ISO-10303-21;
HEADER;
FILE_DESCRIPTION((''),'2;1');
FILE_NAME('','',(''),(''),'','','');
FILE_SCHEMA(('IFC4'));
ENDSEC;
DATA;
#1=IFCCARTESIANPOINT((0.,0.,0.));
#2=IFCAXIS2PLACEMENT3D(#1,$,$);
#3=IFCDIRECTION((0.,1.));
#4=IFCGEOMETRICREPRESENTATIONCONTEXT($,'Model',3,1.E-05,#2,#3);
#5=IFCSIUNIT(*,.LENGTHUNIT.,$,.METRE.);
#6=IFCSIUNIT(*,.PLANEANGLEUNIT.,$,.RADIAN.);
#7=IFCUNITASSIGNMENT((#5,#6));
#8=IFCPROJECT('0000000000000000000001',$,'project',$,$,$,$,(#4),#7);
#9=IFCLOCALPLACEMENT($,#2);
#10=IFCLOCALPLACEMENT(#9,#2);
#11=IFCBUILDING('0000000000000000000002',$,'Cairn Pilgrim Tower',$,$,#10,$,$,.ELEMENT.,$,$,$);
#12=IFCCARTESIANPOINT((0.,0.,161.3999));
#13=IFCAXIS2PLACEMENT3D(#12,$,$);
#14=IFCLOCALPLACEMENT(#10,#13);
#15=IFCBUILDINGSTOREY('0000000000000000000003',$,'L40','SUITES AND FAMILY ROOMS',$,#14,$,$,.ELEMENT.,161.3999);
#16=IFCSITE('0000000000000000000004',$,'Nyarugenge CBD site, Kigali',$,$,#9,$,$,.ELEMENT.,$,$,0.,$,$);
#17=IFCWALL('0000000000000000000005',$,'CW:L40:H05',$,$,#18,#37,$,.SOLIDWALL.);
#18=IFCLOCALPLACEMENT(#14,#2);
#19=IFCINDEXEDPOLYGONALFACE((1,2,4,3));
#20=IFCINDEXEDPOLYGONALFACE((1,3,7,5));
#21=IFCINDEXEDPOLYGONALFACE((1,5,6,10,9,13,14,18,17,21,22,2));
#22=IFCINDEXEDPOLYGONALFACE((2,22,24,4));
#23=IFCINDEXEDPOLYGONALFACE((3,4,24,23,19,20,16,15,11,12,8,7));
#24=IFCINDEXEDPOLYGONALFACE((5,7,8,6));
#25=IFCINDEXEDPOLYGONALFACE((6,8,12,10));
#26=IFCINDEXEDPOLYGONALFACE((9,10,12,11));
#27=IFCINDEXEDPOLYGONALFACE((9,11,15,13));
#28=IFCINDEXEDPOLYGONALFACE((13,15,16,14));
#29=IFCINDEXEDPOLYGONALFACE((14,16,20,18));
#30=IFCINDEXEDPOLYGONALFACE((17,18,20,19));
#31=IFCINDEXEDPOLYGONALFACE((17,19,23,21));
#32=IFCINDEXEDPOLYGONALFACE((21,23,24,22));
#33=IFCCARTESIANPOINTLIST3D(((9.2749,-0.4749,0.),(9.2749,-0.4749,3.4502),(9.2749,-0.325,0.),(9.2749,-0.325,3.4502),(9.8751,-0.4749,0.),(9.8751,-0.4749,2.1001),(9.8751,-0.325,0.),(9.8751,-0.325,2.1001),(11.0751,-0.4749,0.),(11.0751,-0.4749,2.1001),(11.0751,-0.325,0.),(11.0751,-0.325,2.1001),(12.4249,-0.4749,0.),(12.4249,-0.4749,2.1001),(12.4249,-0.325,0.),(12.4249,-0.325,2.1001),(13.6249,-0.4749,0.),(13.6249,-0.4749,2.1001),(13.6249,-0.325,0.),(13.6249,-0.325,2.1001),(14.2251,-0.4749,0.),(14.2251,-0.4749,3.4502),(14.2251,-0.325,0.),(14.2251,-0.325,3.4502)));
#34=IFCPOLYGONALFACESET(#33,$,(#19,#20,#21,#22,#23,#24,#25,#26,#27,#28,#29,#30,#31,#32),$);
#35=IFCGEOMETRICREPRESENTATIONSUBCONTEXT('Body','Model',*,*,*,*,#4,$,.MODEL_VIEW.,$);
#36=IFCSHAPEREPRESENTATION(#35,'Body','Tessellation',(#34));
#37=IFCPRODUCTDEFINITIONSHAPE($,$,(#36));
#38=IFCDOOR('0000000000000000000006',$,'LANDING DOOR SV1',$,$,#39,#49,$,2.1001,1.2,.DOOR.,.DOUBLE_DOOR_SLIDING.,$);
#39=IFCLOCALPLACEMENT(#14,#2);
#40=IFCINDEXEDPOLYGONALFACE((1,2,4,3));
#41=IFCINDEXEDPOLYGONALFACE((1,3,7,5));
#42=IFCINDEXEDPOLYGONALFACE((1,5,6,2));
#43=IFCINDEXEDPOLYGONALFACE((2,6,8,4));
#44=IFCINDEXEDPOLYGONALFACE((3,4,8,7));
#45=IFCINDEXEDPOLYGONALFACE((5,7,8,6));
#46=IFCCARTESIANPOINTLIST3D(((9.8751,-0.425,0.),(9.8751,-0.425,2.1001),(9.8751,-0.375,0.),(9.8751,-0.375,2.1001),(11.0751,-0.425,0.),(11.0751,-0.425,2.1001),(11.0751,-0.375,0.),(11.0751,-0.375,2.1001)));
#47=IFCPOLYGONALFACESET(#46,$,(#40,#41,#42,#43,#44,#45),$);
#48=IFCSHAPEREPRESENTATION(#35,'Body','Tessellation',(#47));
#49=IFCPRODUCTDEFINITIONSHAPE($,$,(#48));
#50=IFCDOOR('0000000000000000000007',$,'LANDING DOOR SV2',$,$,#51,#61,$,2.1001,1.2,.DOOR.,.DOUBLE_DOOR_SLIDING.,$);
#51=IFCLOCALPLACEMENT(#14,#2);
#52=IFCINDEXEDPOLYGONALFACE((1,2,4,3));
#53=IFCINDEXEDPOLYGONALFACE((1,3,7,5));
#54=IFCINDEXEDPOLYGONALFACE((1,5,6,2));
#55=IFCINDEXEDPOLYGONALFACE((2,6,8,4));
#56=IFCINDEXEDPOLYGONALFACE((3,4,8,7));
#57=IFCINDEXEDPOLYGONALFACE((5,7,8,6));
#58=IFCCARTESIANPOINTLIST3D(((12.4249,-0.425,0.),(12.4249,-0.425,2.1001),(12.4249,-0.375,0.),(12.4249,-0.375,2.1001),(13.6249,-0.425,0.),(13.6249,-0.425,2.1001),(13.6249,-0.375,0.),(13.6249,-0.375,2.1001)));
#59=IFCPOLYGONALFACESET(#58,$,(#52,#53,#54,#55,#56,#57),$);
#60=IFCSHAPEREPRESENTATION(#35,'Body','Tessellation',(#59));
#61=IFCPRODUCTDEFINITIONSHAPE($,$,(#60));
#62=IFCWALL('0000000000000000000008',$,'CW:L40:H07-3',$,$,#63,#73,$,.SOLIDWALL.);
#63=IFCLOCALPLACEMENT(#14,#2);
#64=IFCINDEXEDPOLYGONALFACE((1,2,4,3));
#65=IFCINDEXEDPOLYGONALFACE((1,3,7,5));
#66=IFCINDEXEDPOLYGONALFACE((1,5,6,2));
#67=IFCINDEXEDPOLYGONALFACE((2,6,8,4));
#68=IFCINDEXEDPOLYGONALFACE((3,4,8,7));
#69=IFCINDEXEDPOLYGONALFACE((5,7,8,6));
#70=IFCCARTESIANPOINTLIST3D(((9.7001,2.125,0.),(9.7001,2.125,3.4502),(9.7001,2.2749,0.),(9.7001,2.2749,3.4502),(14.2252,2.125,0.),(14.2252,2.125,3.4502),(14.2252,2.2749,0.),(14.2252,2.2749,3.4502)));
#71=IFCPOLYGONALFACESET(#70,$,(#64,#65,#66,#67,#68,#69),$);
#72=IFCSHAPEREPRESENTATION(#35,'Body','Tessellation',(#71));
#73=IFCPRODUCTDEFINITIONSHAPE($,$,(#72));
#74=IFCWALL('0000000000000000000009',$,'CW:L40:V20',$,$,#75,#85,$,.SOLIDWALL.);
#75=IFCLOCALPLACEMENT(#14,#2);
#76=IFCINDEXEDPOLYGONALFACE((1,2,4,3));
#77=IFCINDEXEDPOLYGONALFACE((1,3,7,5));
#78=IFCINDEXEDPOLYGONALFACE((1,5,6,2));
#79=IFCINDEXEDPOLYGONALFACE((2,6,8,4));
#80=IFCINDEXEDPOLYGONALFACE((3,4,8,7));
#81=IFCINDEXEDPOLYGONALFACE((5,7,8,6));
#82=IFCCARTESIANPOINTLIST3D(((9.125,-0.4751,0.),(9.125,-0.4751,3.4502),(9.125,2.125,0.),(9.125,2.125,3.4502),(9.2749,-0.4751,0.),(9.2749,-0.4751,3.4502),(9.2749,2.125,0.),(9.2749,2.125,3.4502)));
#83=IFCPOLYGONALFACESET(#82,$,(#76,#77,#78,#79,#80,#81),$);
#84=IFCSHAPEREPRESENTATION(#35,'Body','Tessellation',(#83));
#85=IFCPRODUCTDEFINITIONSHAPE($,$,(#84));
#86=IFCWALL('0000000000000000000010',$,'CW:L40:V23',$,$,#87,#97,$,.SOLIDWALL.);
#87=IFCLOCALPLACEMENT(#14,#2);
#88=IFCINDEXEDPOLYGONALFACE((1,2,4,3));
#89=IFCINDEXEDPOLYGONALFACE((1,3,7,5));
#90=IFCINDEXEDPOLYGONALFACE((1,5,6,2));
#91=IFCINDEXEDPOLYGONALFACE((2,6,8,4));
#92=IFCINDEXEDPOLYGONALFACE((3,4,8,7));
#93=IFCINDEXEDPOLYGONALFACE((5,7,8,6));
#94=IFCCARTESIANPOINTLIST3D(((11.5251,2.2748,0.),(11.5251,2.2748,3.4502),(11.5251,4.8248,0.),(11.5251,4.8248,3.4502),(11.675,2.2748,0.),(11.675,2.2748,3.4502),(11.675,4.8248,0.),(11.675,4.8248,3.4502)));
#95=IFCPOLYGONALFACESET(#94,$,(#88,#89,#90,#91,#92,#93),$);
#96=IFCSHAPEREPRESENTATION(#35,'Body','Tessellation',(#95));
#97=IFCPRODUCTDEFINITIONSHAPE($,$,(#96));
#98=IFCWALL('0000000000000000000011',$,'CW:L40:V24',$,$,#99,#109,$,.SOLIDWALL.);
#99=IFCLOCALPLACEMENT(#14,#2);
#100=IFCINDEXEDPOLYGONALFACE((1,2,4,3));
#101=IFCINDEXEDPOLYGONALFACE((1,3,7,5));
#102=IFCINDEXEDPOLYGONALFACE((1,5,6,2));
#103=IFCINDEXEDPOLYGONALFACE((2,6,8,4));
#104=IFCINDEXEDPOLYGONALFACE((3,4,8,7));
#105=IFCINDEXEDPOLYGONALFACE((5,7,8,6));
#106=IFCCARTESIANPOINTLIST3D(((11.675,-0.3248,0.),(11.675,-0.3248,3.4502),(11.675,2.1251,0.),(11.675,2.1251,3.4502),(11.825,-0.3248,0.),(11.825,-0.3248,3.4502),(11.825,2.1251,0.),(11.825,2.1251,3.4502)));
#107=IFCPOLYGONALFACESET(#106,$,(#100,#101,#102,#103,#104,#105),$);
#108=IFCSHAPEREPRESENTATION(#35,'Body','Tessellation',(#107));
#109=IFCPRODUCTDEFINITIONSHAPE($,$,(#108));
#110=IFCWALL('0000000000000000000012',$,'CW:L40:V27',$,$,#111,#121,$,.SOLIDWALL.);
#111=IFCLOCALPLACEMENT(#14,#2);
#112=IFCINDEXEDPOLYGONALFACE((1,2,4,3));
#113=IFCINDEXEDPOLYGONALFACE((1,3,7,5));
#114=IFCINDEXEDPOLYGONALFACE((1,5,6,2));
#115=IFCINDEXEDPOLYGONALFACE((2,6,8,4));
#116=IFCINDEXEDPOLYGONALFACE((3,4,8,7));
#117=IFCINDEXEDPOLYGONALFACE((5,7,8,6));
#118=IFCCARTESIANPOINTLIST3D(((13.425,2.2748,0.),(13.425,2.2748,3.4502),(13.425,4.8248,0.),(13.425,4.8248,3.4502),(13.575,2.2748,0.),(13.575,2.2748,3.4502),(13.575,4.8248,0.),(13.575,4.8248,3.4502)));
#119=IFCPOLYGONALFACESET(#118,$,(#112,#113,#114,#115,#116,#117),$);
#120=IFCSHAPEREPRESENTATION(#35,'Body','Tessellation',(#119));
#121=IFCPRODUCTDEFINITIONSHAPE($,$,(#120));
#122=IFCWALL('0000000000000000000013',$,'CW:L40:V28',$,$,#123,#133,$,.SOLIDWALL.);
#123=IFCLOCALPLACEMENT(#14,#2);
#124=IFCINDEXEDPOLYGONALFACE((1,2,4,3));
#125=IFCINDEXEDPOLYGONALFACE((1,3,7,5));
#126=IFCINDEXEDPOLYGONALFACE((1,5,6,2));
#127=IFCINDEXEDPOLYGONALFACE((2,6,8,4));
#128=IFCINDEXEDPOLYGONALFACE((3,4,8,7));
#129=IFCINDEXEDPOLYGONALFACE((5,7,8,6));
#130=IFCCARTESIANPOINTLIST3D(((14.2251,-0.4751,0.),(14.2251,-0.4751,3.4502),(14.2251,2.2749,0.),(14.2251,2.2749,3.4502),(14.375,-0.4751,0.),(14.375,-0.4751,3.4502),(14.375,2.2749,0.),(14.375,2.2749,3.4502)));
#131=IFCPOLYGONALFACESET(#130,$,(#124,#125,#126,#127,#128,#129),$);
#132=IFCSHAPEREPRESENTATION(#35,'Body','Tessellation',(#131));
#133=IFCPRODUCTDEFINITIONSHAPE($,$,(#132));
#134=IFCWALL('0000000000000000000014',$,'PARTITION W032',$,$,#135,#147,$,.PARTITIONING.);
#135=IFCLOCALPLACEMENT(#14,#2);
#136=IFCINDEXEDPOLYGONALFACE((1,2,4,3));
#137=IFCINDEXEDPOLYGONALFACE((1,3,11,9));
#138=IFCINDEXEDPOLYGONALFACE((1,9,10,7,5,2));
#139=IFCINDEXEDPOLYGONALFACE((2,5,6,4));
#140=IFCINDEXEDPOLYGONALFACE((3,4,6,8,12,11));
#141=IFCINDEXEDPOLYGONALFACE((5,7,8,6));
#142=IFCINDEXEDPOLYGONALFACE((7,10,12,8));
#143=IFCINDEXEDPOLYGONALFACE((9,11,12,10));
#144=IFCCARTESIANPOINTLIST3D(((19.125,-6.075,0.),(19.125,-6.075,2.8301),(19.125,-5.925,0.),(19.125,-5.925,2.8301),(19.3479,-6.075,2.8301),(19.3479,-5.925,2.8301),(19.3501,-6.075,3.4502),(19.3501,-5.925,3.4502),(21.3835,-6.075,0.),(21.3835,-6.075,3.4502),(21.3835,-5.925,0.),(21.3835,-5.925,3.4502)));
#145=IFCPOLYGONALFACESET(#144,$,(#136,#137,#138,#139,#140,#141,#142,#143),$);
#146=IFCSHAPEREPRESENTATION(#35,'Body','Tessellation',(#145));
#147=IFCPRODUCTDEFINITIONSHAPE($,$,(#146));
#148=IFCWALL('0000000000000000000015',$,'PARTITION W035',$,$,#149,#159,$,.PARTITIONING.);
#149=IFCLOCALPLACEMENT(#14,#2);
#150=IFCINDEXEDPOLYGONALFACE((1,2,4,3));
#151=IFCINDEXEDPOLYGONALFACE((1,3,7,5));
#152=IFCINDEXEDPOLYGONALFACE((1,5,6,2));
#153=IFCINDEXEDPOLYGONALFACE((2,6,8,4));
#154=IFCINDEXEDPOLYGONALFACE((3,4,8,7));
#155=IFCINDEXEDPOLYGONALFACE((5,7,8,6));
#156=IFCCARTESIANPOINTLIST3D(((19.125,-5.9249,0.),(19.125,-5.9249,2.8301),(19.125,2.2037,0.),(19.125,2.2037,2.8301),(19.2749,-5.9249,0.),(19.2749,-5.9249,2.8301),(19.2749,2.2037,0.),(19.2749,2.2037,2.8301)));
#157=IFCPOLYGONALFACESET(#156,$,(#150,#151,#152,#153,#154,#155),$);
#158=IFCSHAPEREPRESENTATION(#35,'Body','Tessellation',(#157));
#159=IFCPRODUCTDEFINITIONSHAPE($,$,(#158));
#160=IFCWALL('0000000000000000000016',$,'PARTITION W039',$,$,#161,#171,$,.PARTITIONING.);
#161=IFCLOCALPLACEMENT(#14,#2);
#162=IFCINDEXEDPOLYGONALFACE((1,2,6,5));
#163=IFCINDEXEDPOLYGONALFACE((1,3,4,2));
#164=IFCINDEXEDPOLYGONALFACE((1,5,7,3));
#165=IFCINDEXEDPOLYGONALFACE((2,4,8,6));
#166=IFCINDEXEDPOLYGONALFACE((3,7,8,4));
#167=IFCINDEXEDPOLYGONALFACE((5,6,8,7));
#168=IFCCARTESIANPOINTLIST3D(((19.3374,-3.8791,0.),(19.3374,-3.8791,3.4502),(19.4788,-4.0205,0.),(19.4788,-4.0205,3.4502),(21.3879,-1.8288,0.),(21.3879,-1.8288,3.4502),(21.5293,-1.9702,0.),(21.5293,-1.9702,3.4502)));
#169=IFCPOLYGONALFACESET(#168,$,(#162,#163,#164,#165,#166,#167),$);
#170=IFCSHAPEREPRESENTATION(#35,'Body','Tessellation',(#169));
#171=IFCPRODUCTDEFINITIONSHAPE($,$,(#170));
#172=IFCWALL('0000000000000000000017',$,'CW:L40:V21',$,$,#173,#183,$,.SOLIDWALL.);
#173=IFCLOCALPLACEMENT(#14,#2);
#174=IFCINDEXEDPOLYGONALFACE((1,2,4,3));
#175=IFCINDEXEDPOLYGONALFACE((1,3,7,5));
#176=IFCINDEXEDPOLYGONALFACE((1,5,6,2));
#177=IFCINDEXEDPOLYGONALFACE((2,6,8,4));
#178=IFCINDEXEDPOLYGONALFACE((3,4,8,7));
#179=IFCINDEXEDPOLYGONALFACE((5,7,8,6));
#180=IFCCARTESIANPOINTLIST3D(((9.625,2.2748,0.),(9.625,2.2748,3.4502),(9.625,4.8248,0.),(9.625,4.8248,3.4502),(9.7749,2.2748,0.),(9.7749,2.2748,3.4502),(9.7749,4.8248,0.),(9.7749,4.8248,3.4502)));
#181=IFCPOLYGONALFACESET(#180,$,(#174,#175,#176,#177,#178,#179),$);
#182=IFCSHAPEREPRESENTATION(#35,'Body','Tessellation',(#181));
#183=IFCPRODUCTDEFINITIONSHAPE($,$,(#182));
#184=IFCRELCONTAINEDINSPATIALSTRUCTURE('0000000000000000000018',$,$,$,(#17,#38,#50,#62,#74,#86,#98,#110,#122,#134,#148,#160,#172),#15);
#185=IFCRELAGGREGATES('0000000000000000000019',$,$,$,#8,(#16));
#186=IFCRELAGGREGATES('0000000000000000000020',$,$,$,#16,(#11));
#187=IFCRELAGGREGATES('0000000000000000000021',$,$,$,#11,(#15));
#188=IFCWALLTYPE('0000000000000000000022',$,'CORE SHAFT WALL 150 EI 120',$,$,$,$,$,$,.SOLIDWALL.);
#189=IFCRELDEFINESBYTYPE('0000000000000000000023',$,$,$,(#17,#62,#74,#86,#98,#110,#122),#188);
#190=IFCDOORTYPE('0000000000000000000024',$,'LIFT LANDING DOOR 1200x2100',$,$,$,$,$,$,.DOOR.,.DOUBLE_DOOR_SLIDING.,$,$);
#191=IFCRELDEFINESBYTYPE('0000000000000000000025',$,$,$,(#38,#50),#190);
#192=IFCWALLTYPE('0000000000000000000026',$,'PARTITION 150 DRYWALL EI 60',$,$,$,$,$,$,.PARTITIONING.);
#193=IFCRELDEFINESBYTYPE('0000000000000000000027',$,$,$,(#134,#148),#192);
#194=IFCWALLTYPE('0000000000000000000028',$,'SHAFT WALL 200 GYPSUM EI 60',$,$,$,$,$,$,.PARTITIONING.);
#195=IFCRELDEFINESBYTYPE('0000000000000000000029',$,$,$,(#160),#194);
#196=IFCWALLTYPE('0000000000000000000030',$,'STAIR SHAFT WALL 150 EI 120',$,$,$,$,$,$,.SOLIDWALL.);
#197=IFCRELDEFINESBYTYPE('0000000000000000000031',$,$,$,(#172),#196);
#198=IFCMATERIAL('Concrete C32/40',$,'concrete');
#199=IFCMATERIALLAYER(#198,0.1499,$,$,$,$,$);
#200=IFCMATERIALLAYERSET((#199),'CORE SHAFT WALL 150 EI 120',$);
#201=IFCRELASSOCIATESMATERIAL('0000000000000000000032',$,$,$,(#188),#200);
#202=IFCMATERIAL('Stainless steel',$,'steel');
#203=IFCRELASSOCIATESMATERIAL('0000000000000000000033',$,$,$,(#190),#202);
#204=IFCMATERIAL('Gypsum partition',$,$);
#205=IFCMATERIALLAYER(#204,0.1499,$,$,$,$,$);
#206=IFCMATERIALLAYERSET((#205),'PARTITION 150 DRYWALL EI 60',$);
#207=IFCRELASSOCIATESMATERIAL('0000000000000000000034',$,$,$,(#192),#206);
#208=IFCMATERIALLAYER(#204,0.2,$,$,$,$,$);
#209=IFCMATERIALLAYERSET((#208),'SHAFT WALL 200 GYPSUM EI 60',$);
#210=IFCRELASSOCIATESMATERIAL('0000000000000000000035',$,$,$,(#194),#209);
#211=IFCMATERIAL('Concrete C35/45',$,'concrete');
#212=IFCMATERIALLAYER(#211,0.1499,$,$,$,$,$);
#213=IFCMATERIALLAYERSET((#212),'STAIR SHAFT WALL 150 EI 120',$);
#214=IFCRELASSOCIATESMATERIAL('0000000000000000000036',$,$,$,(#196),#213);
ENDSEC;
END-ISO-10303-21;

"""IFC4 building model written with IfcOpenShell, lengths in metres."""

from ifc_helpers import new_model, si_unit, direction, frame, frame_2d, origin, place, context, subcontext, project, spatial, polyline, rectangle, outline, extrude, material, layer, layer_set, type_object, element, fill, save


model = new_model("IFC4")

# Units and contexts
model_context = context("Model", 3, precision=1e-05, world=origin(), true_north=direction((0.0, 1.0)))
body_context = subcontext(model_context, "Body", "Model", "MODEL_VIEW")
ifc_project = project(units=[si_unit("LENGTHUNIT", "METRE"), si_unit("PLANEANGLEUNIT", "RADIAN")], contexts=[model_context])

# Site, building, storey
site_placement = place(None, origin())
site = spatial("IfcSite", under=ifc_project, at=site_placement, Name="Nyarugenge CBD site, Kigali", CompositionType="ELEMENT", RefElevation=0.0)
building_placement = place(site_placement, origin())
building = spatial("IfcBuilding", under=site, at=building_placement, Name="Cairn Pilgrim Tower", CompositionType="ELEMENT")
storey_placement = place(building_placement, frame((0.0, 0.0, 161.3999)))
storey = spatial("IfcBuildingStorey", under=building, at=storey_placement, Name="L40", Description="SUITES AND FAMILY ROOMS", CompositionType="ELEMENT", Elevation=161.3999)

# Shared definitions
ifc_material_1 = material(Name="Concrete C32/40", Category="concrete")

# Wall, openings, doors
ifc_layer_1 = layer(ifc_material_1, 0.1499)
ifc_layer_set_1 = layer_set([ifc_layer_1], Name="CORE SHAFT WALL 150 EI 120")
wall_type_1 = type_object("IfcWallType", Name="CORE SHAFT WALL 150 EI 120", PredefinedType="SOLIDWALL", material=ifc_layer_set_1)
wall_1_placement = place(storey_placement, frame((9.2749, -0.3999, 0.0), z_axis=(0.0, 0.0, 1.0), x_axis=(1.0, 0.0, 0.0)))
wall_1 = element("IfcWall", 1, at=wall_1_placement, inside=storey, type_object=wall_type_1, Name="CW:L40:H05", PredefinedType="SOLIDWALL", context=body_context, shape_type="SweptSolid", body=[
    extrude(rectangle(XDim=4.9502, YDim=0.1499, at=frame_2d((2.4751, 0.0))), origin(), (0.0, 0.0, 1.0), 3.4502),
])
opening_1_placement = place(wall_1_placement, frame((0.6001, 0.0, 0.0)))
opening_1 = element("IfcOpeningElement", 2, at=opening_1_placement, cuts=wall_1, PredefinedType="OPENING", context=body_context, shape_type="SweptSolid", body=[
    extrude(rectangle(XDim=1.2, YDim=2.1001, at=frame_2d((0.6001, 1.05))), frame((0.0, 0.085, 0.0), z_axis=(0.0, -1.0, 0.0), x_axis=(1.0, 0.0, 0.0)), (0.0, 0.0, 1.0), 0.1699),
])
opening_2_placement = place(wall_1_placement, frame((3.1499, 0.0, 0.0)))
opening_2 = element("IfcOpeningElement", 3, at=opening_2_placement, cuts=wall_1, PredefinedType="OPENING", context=body_context, shape_type="SweptSolid", body=[
    extrude(rectangle(XDim=1.2, YDim=2.1001, at=frame_2d((0.6001, 1.05))), frame((0.0, 0.085, 0.0), z_axis=(0.0, -1.0, 0.0), x_axis=(1.0, 0.0, 0.0)), (0.0, 0.0, 1.0), 0.1699),
])
ifc_material_2 = material(Name="Stainless steel", Category="steel")
door_type_1 = type_object("IfcDoorType", Name="LIFT LANDING DOOR 1200x2100", OperationType="DOUBLE_DOOR_SLIDING", PredefinedType="DOOR", material=ifc_material_2)
door_1_placement = place(opening_1_placement, origin())
door_1 = element("IfcDoor", 4, at=door_1_placement, inside=storey, type_object=door_type_1, Name="LANDING DOOR SV1", OperationType="DOUBLE_DOOR_SLIDING", OverallHeight=2.1001, OverallWidth=1.2, PredefinedType="DOOR", context=body_context, shape_type="SweptSolid", body=[
    extrude(rectangle(XDim=1.2, YDim=2.1001, at=frame_2d((0.6001, 1.05))), frame((0.0, 0.0249, 0.0), z_axis=(0.0, -1.0, 0.0), x_axis=(1.0, 0.0, 0.0)), (0.0, 0.0, 1.0), 0.05),
])
fill(opening_1, door_1)
door_2_placement = place(opening_2_placement, origin())
door_2 = element("IfcDoor", 5, at=door_2_placement, inside=storey, type_object=door_type_1, Name="LANDING DOOR SV2", OperationType="DOUBLE_DOOR_SLIDING", OverallHeight=2.1001, OverallWidth=1.2, PredefinedType="DOOR", context=body_context, shape_type="SweptSolid", body=[
    extrude(rectangle(XDim=1.2, YDim=2.1001, at=frame_2d((0.6001, 1.05))), frame((0.0, 0.0249, 0.0), z_axis=(0.0, -1.0, 0.0), x_axis=(1.0, 0.0, 0.0)), (0.0, 0.0, 1.0), 0.05),
])
fill(opening_2, door_2)

# Walls
wall_2_placement = place(storey_placement, frame((9.7, 2.2, 0.0), z_axis=(0.0, 0.0, 1.0), x_axis=(1.0, 0.0, 0.0)))
element("IfcWall", 6, at=wall_2_placement, inside=storey, type_object=wall_type_1, Name="CW:L40:H07-3", PredefinedType="SOLIDWALL", context=body_context, shape_type="SweptSolid", body=[
    extrude(rectangle(XDim=4.5251, YDim=0.1499, at=frame_2d((2.2627, 0.0))), origin(), (0.0, 0.0, 1.0), 3.4502),
])
wall_3_placement = place(storey_placement, frame((9.2, -0.4751, 0.0), z_axis=(0.0, 0.0, 1.0), x_axis=(0.0, 1.0, 0.0)))
element("IfcWall", 7, at=wall_3_placement, inside=storey, type_object=wall_type_1, Name="CW:L40:V20", PredefinedType="SOLIDWALL", context=body_context, shape_type="SweptSolid", body=[
    extrude(rectangle(XDim=2.6001, YDim=0.1499, at=frame_2d((1.3, 0.0))), origin(), (0.0, 0.0, 1.0), 3.4502),
])
wall_4_placement = place(storey_placement, frame((11.6001, 2.2749, 0.0), z_axis=(0.0, 0.0, 1.0), x_axis=(0.0, 1.0, 0.0)))
element("IfcWall", 8, at=wall_4_placement, inside=storey, type_object=wall_type_1, Name="CW:L40:V23", PredefinedType="SOLIDWALL", context=body_context, shape_type="SweptSolid", body=[
    extrude(rectangle(XDim=2.55, YDim=0.1499, at=frame_2d((1.2749, 0.0))), origin(), (0.0, 0.0, 1.0), 3.4502),
])
wall_5_placement = place(storey_placement, frame((11.75, -0.325, 0.0), z_axis=(0.0, 0.0, 1.0), x_axis=(0.0, 1.0, 0.0)))
element("IfcWall", 9, at=wall_5_placement, inside=storey, type_object=wall_type_1, Name="CW:L40:V24", PredefinedType="SOLIDWALL", context=body_context, shape_type="SweptSolid", body=[
    extrude(rectangle(XDim=2.45, YDim=0.1499, at=frame_2d((1.2251, 0.0))), origin(), (0.0, 0.0, 1.0), 3.4502),
])
wall_6_placement = place(storey_placement, frame((13.5, 2.2749, 0.0), z_axis=(0.0, 0.0, 1.0), x_axis=(0.0, 1.0, 0.0)))
element("IfcWall", 10, at=wall_6_placement, inside=storey, type_object=wall_type_1, Name="CW:L40:V27", PredefinedType="SOLIDWALL", context=body_context, shape_type="SweptSolid", body=[
    extrude(rectangle(XDim=2.55, YDim=0.1499, at=frame_2d((1.2749, 0.0))), origin(), (0.0, 0.0, 1.0), 3.4502),
])
wall_7_placement = place(storey_placement, frame((14.3, -0.4751, 0.0), z_axis=(0.0, 0.0, 1.0), x_axis=(0.0, 1.0, 0.0)))
element("IfcWall", 11, at=wall_7_placement, inside=storey, type_object=wall_type_1, Name="CW:L40:V28", PredefinedType="SOLIDWALL", context=body_context, shape_type="SweptSolid", body=[
    extrude(rectangle(XDim=2.75, YDim=0.1499, at=frame_2d((1.375, 0.0))), origin(), (0.0, 0.0, 1.0), 3.4502),
])
ifc_material_3 = material(Name="Gypsum partition")
ifc_layer_2 = layer(ifc_material_3, 0.1499)
ifc_layer_set_2 = layer_set([ifc_layer_2], Name="PARTITION 150 DRYWALL EI 60")
wall_type_2 = type_object("IfcWallType", Name="PARTITION 150 DRYWALL EI 60", PredefinedType="PARTITIONING", material=ifc_layer_set_2)
wall_8_placement = place(storey_placement, frame((19.125, -6.0, 0.0), z_axis=(0.0, 0.0, 1.0), x_axis=(1.0, 0.0, 0.0)))
element("IfcWall", 12, at=wall_8_placement, inside=storey, type_object=wall_type_2, Name="PARTITION W032", PredefinedType="PARTITIONING", context=body_context, shape_type="SweptSolid", body=[
    extrude(outline(polyline([(0.0, 0.0), (2.2585, 0.0), (2.2585, 3.4502), (0.2251, 3.4502), (0.2229, 2.8301), (0.0, 2.8301), (0.0, 0.0)])), frame((0.0, 0.075, 0.0), z_axis=(0.0, -1.0, 0.0), x_axis=(1.0, 0.0, 0.0)), (0.0, 0.0, 1.0), 0.1499),
])
wall_9_placement = place(storey_placement, frame((19.2, -5.925, 0.0), z_axis=(0.0, 0.0, 1.0), x_axis=(0.0, 1.0, 0.0)))
element("IfcWall", 13, at=wall_9_placement, inside=storey, type_object=wall_type_2, Name="PARTITION W035", PredefinedType="PARTITIONING", context=body_context, shape_type="SweptSolid", body=[
    extrude(rectangle(XDim=8.1287, YDim=0.1499, at=frame_2d((4.0645, 0.0))), origin(), (0.0, 0.0, 1.0), 2.8301),
])
ifc_layer_3 = layer(ifc_material_3, 0.2)
ifc_layer_set_3 = layer_set([ifc_layer_3], Name="SHAFT WALL 200 GYPSUM EI 60")
wall_type_3 = type_object("IfcWallType", Name="SHAFT WALL 200 GYPSUM EI 60", PredefinedType="PARTITIONING", material=ifc_layer_set_3)
wall_10_placement = place(storey_placement, frame((19.4082, -3.9497, 0.0), z_axis=(0.0, 0.0, 1.0), x_axis=(0.707149, 0.707065, 0.0)))
element("IfcWall", 14, at=wall_10_placement, inside=storey, type_object=wall_type_3, Name="PARTITION W039", PredefinedType="PARTITIONING", context=body_context, shape_type="SweptSolid", body=[
    extrude(rectangle(XDim=2.8997, YDim=0.2, at=frame_2d((1.4497, 0.0))), origin(), (0.0, 0.0, 1.0), 3.4502),
])
ifc_material_4 = material(Name="Concrete C35/45", Category="concrete")
ifc_layer_4 = layer(ifc_material_4, 0.1499)
ifc_layer_set_4 = layer_set([ifc_layer_4], Name="STAIR SHAFT WALL 150 EI 120")
wall_type_4 = type_object("IfcWallType", Name="STAIR SHAFT WALL 150 EI 120", PredefinedType="SOLIDWALL", material=ifc_layer_set_4)
wall_11_placement = place(storey_placement, frame((9.7, 2.2749, 0.0), z_axis=(0.0, 0.0, 1.0), x_axis=(0.0, 1.0, 0.0)))
element("IfcWall", 15, at=wall_11_placement, inside=storey, type_object=wall_type_4, Name="CW:L40:V21", PredefinedType="SOLIDWALL", context=body_context, shape_type="SweptSolid", body=[
    extrude(rectangle(XDim=2.55, YDim=0.1499, at=frame_2d((1.2749, 0.0))), origin(), (0.0, 0.0, 1.0), 3.4502),
])

save(model, "model.ifc")
